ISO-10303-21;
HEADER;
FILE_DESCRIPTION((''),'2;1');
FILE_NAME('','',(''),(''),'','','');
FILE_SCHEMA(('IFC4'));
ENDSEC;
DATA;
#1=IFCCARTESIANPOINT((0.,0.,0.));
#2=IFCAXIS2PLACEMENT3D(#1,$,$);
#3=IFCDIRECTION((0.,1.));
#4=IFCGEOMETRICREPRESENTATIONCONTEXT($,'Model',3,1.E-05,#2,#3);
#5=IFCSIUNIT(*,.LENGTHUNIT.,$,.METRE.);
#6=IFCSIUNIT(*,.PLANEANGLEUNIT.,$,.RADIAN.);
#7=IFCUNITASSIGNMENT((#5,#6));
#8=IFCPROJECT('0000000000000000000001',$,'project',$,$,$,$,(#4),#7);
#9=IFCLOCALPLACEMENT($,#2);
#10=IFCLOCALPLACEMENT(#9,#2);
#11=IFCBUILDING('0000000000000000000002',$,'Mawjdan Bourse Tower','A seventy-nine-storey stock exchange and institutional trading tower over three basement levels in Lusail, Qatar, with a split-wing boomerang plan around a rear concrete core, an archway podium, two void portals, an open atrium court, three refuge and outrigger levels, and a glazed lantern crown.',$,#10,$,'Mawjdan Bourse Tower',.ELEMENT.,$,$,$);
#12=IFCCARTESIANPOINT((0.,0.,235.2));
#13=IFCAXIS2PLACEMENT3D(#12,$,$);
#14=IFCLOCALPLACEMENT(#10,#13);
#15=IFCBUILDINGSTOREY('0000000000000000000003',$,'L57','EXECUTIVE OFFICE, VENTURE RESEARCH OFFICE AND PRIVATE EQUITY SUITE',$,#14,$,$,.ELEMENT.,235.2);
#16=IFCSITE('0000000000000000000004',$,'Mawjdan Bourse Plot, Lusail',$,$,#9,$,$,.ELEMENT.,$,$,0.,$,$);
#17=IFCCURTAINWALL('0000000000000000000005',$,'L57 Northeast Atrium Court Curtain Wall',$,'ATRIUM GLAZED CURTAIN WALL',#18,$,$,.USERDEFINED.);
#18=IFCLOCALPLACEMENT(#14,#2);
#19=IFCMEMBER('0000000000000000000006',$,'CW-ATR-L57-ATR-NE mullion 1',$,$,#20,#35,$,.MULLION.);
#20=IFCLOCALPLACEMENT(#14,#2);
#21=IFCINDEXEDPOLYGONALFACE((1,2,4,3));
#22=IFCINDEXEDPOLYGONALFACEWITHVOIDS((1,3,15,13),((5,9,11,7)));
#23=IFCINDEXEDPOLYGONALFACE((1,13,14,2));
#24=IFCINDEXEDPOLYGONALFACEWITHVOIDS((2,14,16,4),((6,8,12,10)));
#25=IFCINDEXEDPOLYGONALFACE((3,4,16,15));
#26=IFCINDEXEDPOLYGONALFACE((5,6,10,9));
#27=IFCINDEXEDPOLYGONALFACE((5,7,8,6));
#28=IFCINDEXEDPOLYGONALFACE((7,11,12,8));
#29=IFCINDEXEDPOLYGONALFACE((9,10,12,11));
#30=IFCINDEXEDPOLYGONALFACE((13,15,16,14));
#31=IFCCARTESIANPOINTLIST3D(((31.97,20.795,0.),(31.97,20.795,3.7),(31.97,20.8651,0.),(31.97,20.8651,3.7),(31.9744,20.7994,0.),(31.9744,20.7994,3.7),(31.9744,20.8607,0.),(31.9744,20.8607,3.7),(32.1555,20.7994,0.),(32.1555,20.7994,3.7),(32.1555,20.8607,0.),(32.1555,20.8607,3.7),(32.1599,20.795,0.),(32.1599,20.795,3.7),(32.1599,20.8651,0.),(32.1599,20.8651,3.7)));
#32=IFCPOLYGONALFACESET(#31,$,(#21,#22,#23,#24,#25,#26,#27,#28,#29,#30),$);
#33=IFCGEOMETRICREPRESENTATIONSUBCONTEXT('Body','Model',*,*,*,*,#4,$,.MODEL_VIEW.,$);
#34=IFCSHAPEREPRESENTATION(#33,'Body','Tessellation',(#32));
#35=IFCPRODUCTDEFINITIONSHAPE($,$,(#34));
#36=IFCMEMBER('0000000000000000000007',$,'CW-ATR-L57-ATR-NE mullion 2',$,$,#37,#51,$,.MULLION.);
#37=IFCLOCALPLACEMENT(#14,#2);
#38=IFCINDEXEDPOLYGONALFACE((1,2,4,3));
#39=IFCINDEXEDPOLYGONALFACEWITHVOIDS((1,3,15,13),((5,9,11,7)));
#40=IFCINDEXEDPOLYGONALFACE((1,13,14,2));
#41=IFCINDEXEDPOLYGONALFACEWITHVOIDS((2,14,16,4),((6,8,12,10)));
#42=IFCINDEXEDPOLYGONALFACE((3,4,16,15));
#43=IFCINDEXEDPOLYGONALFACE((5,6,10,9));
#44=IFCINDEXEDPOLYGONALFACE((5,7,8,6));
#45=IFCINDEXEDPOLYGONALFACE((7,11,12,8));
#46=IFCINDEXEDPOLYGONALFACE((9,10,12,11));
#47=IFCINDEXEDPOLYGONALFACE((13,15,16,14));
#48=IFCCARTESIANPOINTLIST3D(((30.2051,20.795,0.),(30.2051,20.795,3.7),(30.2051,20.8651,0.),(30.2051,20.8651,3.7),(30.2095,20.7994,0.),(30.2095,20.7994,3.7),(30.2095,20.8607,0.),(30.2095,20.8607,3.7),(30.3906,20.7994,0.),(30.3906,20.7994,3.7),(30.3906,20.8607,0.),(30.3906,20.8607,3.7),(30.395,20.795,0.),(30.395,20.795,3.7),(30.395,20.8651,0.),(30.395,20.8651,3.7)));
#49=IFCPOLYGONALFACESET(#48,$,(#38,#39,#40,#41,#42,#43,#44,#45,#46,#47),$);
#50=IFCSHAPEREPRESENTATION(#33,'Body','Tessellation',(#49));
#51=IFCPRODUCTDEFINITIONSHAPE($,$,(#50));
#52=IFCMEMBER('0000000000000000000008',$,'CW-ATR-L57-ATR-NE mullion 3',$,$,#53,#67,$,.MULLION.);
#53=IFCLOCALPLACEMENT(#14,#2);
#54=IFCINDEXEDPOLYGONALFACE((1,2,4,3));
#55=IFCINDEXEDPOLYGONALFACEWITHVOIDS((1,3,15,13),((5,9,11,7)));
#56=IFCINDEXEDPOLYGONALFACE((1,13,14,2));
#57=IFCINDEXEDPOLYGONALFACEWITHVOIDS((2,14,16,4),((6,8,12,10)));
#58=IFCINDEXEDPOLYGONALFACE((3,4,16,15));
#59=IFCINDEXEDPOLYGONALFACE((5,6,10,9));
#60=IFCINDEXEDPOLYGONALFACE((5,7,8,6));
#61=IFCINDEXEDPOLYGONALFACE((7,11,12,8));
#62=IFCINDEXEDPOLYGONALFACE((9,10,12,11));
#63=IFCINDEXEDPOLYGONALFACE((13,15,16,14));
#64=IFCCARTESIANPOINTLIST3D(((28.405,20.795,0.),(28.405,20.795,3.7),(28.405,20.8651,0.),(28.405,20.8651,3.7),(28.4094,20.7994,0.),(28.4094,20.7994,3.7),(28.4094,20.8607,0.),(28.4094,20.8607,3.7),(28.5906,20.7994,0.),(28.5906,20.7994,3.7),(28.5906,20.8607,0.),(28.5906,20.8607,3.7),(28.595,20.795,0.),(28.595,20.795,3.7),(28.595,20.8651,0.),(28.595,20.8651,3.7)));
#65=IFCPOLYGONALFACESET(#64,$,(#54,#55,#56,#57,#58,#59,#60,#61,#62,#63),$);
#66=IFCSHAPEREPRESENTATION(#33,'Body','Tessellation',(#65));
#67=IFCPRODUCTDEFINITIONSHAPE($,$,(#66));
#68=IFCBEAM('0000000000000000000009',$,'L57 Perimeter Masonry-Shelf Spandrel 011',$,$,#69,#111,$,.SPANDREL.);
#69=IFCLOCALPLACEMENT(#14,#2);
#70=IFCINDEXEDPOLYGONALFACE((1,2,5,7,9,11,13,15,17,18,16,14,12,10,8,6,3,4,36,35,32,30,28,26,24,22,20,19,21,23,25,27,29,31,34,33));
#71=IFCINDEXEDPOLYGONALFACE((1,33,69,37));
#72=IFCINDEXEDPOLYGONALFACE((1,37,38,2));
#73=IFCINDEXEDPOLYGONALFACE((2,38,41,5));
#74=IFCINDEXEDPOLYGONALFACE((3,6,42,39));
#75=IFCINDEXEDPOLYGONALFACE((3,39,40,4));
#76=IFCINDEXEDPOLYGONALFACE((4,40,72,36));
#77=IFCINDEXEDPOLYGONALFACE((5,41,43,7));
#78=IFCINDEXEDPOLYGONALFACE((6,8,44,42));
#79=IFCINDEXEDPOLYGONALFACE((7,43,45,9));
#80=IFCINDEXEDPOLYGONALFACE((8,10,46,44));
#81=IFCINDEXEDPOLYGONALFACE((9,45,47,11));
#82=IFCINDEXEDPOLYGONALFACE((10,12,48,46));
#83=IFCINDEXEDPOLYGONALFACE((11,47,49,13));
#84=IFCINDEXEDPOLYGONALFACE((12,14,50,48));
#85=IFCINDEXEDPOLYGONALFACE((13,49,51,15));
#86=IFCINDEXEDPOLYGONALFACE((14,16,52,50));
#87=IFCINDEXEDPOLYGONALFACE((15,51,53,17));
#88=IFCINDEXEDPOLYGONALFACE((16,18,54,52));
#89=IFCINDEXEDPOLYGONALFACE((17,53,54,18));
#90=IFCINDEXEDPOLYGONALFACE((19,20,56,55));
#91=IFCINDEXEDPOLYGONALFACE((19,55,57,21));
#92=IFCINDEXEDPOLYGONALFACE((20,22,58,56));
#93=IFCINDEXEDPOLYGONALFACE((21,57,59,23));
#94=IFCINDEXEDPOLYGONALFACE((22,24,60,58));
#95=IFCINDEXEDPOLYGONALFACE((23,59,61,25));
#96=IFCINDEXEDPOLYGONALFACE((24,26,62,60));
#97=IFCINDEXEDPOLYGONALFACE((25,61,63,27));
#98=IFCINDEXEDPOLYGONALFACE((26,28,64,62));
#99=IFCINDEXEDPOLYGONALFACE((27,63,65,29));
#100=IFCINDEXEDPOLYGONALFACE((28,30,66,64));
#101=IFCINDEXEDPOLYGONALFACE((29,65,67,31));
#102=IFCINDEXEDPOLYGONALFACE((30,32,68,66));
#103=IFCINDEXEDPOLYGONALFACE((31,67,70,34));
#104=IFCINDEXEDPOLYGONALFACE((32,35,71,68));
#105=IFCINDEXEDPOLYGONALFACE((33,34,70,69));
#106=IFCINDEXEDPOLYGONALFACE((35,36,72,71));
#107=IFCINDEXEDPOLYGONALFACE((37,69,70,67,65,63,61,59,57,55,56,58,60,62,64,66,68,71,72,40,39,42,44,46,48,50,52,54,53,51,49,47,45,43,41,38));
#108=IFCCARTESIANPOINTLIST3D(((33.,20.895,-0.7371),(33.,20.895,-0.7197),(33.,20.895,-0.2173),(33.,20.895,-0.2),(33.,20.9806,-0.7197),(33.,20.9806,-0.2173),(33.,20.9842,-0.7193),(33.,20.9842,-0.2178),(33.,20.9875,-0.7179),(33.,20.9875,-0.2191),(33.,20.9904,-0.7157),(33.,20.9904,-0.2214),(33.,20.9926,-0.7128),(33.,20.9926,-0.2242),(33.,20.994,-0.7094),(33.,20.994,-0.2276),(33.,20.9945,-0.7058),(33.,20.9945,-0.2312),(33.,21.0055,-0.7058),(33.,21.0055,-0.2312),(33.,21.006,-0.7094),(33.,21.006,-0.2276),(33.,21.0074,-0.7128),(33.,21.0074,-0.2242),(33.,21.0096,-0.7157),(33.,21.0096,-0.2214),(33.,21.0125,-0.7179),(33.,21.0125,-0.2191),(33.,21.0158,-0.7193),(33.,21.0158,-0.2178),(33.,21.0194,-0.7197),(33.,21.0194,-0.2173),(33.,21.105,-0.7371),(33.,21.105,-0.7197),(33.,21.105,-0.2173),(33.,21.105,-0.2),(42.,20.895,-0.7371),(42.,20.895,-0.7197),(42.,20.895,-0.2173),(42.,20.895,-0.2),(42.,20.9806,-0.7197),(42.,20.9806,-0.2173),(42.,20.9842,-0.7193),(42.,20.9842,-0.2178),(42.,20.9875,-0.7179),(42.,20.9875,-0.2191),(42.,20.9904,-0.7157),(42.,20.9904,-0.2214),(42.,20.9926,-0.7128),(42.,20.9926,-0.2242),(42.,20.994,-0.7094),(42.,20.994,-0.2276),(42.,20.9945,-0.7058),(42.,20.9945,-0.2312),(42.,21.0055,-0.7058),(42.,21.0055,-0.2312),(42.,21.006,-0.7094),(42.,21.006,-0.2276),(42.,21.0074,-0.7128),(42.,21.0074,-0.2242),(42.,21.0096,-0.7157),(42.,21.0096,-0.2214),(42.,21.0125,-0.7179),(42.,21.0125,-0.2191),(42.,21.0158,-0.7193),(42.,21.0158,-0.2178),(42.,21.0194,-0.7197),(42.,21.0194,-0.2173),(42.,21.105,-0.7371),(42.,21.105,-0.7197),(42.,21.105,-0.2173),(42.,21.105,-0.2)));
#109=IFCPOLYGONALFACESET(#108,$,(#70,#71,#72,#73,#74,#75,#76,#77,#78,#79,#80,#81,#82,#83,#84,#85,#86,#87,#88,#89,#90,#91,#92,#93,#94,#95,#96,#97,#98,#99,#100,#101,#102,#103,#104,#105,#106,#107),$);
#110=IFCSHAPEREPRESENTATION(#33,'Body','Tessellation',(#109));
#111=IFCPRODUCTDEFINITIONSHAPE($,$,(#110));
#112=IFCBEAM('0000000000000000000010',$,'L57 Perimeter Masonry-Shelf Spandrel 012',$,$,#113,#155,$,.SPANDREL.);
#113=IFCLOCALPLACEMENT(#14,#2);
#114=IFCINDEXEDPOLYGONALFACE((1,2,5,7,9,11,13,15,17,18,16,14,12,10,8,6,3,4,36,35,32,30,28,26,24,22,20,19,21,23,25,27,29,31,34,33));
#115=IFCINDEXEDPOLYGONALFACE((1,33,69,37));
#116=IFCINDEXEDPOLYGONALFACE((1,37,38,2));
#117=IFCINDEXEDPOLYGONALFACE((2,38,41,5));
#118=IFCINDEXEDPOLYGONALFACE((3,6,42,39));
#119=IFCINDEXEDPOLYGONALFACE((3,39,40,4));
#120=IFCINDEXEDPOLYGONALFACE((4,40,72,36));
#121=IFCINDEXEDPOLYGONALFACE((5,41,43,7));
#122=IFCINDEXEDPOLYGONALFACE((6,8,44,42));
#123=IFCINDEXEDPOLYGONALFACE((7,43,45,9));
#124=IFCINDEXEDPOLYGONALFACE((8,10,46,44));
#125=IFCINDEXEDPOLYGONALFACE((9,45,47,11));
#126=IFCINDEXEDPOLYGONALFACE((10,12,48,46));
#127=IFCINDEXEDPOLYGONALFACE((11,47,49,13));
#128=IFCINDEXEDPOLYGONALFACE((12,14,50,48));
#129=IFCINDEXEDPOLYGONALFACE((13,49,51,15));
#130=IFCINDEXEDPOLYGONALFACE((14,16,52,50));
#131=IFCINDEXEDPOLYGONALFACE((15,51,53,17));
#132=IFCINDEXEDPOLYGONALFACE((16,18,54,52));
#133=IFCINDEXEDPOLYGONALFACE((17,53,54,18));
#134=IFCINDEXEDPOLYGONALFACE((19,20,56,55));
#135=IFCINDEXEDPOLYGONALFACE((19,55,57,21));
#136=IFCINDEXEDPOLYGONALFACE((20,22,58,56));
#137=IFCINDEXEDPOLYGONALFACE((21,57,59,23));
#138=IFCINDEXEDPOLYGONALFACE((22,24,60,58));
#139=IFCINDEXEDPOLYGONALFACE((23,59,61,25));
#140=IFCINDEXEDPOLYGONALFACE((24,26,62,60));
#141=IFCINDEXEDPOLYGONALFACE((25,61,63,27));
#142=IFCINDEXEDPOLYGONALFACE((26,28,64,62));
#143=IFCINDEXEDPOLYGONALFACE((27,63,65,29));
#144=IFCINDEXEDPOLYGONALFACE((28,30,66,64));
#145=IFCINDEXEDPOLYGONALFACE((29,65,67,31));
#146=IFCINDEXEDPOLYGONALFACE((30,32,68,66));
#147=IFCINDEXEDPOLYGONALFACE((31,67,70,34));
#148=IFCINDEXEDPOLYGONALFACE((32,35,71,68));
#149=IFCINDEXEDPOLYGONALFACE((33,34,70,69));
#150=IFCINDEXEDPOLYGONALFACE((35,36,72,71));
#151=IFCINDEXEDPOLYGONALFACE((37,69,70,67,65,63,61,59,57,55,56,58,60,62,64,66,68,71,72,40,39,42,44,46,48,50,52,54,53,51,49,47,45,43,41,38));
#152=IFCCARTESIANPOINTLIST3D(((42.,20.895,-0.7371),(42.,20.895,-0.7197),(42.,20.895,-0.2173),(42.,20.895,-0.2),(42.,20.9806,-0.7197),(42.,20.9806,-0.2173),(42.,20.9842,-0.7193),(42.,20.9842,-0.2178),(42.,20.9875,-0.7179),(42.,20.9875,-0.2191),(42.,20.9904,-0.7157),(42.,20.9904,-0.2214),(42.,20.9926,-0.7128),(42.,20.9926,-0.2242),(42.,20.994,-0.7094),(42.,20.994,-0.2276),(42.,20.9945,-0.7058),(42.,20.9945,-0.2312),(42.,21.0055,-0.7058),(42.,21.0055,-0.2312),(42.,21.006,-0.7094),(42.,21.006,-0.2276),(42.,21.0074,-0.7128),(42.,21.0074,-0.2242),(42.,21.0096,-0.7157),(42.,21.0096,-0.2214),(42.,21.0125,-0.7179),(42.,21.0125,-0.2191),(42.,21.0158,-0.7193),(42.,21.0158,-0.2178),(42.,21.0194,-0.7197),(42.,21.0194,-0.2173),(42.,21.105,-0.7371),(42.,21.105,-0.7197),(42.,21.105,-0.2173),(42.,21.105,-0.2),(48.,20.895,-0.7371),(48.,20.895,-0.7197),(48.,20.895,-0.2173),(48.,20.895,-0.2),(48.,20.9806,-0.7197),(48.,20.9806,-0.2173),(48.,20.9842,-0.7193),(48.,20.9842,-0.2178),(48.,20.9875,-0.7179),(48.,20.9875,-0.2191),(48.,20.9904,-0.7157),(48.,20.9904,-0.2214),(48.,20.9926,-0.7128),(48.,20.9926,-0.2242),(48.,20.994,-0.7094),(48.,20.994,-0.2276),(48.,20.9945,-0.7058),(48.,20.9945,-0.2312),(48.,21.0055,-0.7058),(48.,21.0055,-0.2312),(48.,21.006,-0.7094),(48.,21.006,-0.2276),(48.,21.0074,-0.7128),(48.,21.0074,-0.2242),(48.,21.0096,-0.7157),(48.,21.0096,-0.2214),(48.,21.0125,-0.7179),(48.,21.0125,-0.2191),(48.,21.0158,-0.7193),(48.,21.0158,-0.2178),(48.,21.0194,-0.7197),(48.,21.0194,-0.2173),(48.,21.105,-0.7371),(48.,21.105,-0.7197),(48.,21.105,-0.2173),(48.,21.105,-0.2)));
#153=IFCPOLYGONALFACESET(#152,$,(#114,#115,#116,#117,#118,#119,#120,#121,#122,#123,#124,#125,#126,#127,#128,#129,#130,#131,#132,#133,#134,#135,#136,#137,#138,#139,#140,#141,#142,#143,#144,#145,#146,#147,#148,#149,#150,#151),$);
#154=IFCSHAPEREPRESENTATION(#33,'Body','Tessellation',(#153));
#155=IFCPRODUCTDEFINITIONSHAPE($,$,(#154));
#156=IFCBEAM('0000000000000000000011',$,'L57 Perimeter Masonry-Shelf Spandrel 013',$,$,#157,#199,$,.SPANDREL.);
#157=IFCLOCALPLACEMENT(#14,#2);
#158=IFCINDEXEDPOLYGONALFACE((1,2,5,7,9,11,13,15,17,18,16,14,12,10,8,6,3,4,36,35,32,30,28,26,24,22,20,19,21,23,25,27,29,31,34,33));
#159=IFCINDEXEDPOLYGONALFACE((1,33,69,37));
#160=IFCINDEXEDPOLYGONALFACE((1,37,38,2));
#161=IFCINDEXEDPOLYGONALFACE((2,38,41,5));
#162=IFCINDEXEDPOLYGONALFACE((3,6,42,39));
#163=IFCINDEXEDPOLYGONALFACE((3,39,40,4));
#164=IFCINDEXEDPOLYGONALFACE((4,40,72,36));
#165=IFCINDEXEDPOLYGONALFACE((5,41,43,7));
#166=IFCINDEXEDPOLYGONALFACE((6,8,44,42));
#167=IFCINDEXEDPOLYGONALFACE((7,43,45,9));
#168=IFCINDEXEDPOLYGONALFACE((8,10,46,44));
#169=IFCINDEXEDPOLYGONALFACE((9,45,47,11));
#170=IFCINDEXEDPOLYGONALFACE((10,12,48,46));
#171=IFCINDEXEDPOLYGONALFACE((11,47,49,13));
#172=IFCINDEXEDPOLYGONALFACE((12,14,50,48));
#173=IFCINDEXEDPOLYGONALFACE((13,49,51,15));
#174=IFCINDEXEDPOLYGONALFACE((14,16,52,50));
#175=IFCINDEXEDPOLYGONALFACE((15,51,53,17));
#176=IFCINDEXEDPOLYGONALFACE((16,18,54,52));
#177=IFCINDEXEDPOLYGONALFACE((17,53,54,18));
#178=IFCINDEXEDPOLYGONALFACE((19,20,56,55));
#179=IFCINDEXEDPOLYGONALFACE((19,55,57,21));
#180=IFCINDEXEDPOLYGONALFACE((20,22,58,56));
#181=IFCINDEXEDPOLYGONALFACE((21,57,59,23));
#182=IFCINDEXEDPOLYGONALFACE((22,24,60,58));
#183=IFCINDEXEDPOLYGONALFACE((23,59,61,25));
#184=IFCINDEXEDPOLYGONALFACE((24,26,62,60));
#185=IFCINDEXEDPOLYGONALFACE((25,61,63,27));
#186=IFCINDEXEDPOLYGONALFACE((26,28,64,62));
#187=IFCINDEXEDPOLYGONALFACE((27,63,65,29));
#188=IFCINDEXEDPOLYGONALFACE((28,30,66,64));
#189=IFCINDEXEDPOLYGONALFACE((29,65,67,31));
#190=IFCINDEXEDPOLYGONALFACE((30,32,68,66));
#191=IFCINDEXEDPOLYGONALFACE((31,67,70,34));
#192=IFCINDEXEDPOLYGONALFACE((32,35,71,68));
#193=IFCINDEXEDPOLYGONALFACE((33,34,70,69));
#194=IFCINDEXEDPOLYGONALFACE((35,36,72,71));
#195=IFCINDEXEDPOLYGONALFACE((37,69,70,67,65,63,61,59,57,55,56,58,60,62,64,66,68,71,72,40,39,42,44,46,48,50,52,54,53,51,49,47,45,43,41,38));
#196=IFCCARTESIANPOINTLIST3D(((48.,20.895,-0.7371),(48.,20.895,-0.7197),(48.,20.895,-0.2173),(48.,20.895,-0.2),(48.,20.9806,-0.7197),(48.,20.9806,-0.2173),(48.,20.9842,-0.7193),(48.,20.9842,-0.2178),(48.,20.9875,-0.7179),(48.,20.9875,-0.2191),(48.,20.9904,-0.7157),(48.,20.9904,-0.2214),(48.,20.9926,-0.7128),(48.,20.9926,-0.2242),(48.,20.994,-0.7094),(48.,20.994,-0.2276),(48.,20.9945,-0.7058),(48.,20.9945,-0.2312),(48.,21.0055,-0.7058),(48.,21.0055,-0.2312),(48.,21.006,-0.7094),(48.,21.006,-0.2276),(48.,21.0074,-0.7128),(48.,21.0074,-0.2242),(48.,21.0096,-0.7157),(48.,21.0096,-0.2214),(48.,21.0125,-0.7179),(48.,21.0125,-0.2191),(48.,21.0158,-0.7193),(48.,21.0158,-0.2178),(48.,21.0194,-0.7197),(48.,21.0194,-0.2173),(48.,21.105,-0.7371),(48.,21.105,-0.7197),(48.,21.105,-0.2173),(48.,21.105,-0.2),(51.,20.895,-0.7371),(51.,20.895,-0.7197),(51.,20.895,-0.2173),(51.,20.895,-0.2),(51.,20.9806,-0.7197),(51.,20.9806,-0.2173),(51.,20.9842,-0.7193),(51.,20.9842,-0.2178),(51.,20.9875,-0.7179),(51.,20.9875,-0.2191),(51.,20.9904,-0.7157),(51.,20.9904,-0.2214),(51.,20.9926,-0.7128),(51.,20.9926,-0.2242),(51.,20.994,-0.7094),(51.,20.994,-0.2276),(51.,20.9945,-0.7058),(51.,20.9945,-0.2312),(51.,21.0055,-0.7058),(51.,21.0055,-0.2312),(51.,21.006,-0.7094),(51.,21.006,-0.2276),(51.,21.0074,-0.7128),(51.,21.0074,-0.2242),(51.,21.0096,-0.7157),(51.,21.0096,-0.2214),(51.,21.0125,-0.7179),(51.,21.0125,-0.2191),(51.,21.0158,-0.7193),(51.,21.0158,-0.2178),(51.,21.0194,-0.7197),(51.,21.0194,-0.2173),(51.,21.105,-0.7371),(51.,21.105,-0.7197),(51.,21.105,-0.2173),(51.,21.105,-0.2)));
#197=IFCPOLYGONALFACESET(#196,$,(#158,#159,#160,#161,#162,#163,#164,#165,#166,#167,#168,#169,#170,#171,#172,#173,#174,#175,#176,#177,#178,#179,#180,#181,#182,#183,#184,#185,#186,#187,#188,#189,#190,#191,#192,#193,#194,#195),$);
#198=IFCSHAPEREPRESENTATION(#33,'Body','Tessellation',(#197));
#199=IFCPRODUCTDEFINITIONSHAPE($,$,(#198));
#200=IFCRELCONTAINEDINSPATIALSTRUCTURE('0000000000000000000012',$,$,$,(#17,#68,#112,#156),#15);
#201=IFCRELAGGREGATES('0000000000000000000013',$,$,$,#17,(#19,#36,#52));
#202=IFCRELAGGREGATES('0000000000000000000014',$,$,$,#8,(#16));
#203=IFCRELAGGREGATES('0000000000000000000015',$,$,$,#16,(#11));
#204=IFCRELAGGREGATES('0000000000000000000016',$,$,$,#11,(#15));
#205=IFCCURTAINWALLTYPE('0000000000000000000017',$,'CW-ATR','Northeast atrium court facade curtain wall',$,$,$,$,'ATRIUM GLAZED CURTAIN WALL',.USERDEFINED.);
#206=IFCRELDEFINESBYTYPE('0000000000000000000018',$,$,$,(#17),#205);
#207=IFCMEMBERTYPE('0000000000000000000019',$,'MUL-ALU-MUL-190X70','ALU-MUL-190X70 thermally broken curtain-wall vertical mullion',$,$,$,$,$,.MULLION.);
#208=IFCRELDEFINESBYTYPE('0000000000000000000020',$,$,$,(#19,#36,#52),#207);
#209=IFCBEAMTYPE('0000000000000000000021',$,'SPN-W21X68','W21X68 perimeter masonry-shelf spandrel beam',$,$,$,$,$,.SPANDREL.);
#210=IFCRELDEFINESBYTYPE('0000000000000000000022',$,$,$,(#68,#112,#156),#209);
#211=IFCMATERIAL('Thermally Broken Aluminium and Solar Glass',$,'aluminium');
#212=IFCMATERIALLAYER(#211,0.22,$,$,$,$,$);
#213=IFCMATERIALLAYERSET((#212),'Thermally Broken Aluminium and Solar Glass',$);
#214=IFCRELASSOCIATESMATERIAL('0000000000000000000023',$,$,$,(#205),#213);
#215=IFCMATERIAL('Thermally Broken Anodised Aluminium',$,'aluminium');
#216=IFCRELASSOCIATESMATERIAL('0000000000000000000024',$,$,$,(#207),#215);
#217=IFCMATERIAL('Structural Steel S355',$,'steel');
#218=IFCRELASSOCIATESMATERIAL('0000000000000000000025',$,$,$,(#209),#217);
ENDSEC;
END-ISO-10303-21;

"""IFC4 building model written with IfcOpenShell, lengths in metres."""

from ifc_helpers import new_model, si_unit, direction, frame, origin, origin_2d, place, context, subcontext, project, spatial, hollow_rectangle, i_section, extrude, material, layer, layer_set, material_profile, profile_set, type_object, element, aggregate, save


model = new_model("IFC4")

# Units and contexts
model_context = context("Model", 3, precision=1e-05, world=origin(), true_north=direction((0.0, 1.0)))
body_context = subcontext(model_context, "Body", "Model", "MODEL_VIEW")
ifc_project = project(units=[si_unit("LENGTHUNIT", "METRE"), si_unit("PLANEANGLEUNIT", "RADIAN")], contexts=[model_context])

# Site, building, storey
site_placement = place(None, origin())
site = spatial("IfcSite", under=ifc_project, at=site_placement, Name="Mawjdan Bourse Plot, Lusail", CompositionType="ELEMENT", RefElevation=0.0)
building_placement = place(site_placement, origin())
building = spatial("IfcBuilding", under=site, at=building_placement, Name="Mawjdan Bourse Tower", Description="A seventy-nine-storey stock exchange and institutional trading tower over three basement levels in Lusail, Qatar, with a split-wing boomerang plan around a rear concrete core, an archway podium, two void portals, an open atrium court, three refuge and outrigger levels, and a glazed lantern crown.", LongName="Mawjdan Bourse Tower", CompositionType="ELEMENT")
storey_placement = place(building_placement, frame((0.0, 0.0, 235.2)))
storey = spatial("IfcBuildingStorey", under=building, at=storey_placement, Name="L57", Description="EXECUTIVE OFFICE, VENTURE RESEARCH OFFICE AND PRIVATE EQUITY SUITE", CompositionType="ELEMENT", Elevation=235.2)

# Shared definitions
ifc_material_1 = material(Name="Structural Steel S355", Category="steel")

# Curtain wall, members
ifc_material_2 = material(Name="Thermally Broken Aluminium and Solar Glass", Category="aluminium")
ifc_layer_1 = layer(ifc_material_2, 0.22)
ifc_layer_set_1 = layer_set([ifc_layer_1], Name="Thermally Broken Aluminium and Solar Glass")
curtain_wall_type = type_object("IfcCurtainWallType", Name="CW-ATR", Description="Northeast atrium court facade curtain wall", ElementType="ATRIUM GLAZED CURTAIN WALL", PredefinedType="USERDEFINED", material=ifc_layer_set_1)
curtain_wall_placement = place(storey_placement, origin())
curtain_wall = element("IfcCurtainWall", 1, at=curtain_wall_placement, inside=storey, type_object=curtain_wall_type, Name="L57 Northeast Atrium Court Curtain Wall", ObjectType="ATRIUM GLAZED CURTAIN WALL", PredefinedType="USERDEFINED")
ifc_material_3 = material(Name="Thermally Broken Anodised Aluminium", Category="aluminium")
ifc_material_profile_1 = material_profile(ifc_material_3, hollow_rectangle(XDim=0.0701, YDim=0.1899, WallThickness=0.0044, at=origin_2d()), Name="ALU-MUL-190X70")
ifc_profile_set_1 = profile_set([ifc_material_profile_1], Name="Thermally Broken Anodised Aluminium")
member_type_1 = type_object("IfcMemberType", Name="MUL-ALU-MUL-190X70", Description="ALU-MUL-190X70 thermally broken curtain-wall vertical mullion", PredefinedType="MULLION", material=ifc_profile_set_1)
member_1_placement = place(storey_placement, frame((32.0649, 20.8301, 0.0), z_axis=(0.0, 0.0, 1.0), x_axis=(0.0, -1.0, 0.0)))
member_1 = element("IfcMember", 2, at=member_1_placement, type_object=member_type_1, Name="CW-ATR-L57-ATR-NE mullion 1", PredefinedType="MULLION", context=body_context, shape_type="SweptSolid", body=[
    extrude(hollow_rectangle(XDim=0.0701, YDim=0.1899, WallThickness=0.0044, at=origin_2d()), origin(), (0.0, 0.0, 1.0), 3.7),
])
member_2_placement = place(storey_placement, frame((30.3, 20.8301, 0.0), z_axis=(0.0, 0.0, 1.0), x_axis=(0.0, -1.0, 0.0)))
member_2 = element("IfcMember", 3, at=member_2_placement, type_object=member_type_1, Name="CW-ATR-L57-ATR-NE mullion 2", PredefinedType="MULLION", context=body_context, shape_type="SweptSolid", body=[
    extrude(hollow_rectangle(XDim=0.0701, YDim=0.1899, WallThickness=0.0044, at=origin_2d()), origin(), (0.0, 0.0, 1.0), 3.7),
])
member_3_placement = place(storey_placement, frame((28.5, 20.8301, 0.0), z_axis=(0.0, 0.0, 1.0), x_axis=(0.0, -1.0, 0.0)))
member_3 = element("IfcMember", 4, at=member_3_placement, type_object=member_type_1, Name="CW-ATR-L57-ATR-NE mullion 3", PredefinedType="MULLION", context=body_context, shape_type="SweptSolid", body=[
    extrude(hollow_rectangle(XDim=0.0701, YDim=0.1899, WallThickness=0.0044, at=origin_2d()), origin(), (0.0, 0.0, 1.0), 3.7),
])

# Beams
ifc_material_profile_2 = material_profile(ifc_material_1, i_section(OverallWidth=0.21, OverallDepth=0.5371, WebThickness=0.011, FlangeThickness=0.0173, FilletRadius=0.0139, at=origin_2d()), Name="W21X68")
ifc_profile_set_2 = profile_set([ifc_material_profile_2], Name="Structural Steel S355")
beam_type_1 = type_object("IfcBeamType", Name="SPN-W21X68", Description="W21X68 perimeter masonry-shelf spandrel beam", PredefinedType="SPANDREL", material=ifc_profile_set_2)
beam_1_placement = place(storey_placement, frame((33.0, 21.0, -0.4685), z_axis=(1.0, 0.0, 0.0), x_axis=(0.0, 1.0, 0.0)))
element("IfcBeam", 5, at=beam_1_placement, inside=storey, type_object=beam_type_1, Name="L57 Perimeter Masonry-Shelf Spandrel 011", PredefinedType="SPANDREL", context=body_context, shape_type="SweptSolid", body=[
    extrude(i_section(OverallWidth=0.21, OverallDepth=0.5371, WebThickness=0.011, FlangeThickness=0.0173, FilletRadius=0.0139, at=origin_2d()), origin(), (0.0, 0.0, 1.0), 9.0),
])
beam_2_placement = place(storey_placement, frame((42.0, 21.0, -0.4685), z_axis=(1.0, 0.0, 0.0), x_axis=(0.0, 1.0, 0.0)))
element("IfcBeam", 6, at=beam_2_placement, inside=storey, type_object=beam_type_1, Name="L57 Perimeter Masonry-Shelf Spandrel 012", PredefinedType="SPANDREL", context=body_context, shape_type="SweptSolid", body=[
    extrude(i_section(OverallWidth=0.21, OverallDepth=0.5371, WebThickness=0.011, FlangeThickness=0.0173, FilletRadius=0.0139, at=origin_2d()), origin(), (0.0, 0.0, 1.0), 6.0),
])
beam_3_placement = place(storey_placement, frame((48.0, 21.0, -0.4685), z_axis=(1.0, 0.0, 0.0), x_axis=(0.0, 1.0, 0.0)))
element("IfcBeam", 7, at=beam_3_placement, inside=storey, type_object=beam_type_1, Name="L57 Perimeter Masonry-Shelf Spandrel 013", PredefinedType="SPANDREL", context=body_context, shape_type="SweptSolid", body=[
    extrude(i_section(OverallWidth=0.21, OverallDepth=0.5371, WebThickness=0.011, FlangeThickness=0.0173, FilletRadius=0.0139, at=origin_2d()), origin(), (0.0, 0.0, 1.0), 3.0),
])

aggregate(curtain_wall, [member_1, member_2, member_3])

save(model, "model.ifc")
